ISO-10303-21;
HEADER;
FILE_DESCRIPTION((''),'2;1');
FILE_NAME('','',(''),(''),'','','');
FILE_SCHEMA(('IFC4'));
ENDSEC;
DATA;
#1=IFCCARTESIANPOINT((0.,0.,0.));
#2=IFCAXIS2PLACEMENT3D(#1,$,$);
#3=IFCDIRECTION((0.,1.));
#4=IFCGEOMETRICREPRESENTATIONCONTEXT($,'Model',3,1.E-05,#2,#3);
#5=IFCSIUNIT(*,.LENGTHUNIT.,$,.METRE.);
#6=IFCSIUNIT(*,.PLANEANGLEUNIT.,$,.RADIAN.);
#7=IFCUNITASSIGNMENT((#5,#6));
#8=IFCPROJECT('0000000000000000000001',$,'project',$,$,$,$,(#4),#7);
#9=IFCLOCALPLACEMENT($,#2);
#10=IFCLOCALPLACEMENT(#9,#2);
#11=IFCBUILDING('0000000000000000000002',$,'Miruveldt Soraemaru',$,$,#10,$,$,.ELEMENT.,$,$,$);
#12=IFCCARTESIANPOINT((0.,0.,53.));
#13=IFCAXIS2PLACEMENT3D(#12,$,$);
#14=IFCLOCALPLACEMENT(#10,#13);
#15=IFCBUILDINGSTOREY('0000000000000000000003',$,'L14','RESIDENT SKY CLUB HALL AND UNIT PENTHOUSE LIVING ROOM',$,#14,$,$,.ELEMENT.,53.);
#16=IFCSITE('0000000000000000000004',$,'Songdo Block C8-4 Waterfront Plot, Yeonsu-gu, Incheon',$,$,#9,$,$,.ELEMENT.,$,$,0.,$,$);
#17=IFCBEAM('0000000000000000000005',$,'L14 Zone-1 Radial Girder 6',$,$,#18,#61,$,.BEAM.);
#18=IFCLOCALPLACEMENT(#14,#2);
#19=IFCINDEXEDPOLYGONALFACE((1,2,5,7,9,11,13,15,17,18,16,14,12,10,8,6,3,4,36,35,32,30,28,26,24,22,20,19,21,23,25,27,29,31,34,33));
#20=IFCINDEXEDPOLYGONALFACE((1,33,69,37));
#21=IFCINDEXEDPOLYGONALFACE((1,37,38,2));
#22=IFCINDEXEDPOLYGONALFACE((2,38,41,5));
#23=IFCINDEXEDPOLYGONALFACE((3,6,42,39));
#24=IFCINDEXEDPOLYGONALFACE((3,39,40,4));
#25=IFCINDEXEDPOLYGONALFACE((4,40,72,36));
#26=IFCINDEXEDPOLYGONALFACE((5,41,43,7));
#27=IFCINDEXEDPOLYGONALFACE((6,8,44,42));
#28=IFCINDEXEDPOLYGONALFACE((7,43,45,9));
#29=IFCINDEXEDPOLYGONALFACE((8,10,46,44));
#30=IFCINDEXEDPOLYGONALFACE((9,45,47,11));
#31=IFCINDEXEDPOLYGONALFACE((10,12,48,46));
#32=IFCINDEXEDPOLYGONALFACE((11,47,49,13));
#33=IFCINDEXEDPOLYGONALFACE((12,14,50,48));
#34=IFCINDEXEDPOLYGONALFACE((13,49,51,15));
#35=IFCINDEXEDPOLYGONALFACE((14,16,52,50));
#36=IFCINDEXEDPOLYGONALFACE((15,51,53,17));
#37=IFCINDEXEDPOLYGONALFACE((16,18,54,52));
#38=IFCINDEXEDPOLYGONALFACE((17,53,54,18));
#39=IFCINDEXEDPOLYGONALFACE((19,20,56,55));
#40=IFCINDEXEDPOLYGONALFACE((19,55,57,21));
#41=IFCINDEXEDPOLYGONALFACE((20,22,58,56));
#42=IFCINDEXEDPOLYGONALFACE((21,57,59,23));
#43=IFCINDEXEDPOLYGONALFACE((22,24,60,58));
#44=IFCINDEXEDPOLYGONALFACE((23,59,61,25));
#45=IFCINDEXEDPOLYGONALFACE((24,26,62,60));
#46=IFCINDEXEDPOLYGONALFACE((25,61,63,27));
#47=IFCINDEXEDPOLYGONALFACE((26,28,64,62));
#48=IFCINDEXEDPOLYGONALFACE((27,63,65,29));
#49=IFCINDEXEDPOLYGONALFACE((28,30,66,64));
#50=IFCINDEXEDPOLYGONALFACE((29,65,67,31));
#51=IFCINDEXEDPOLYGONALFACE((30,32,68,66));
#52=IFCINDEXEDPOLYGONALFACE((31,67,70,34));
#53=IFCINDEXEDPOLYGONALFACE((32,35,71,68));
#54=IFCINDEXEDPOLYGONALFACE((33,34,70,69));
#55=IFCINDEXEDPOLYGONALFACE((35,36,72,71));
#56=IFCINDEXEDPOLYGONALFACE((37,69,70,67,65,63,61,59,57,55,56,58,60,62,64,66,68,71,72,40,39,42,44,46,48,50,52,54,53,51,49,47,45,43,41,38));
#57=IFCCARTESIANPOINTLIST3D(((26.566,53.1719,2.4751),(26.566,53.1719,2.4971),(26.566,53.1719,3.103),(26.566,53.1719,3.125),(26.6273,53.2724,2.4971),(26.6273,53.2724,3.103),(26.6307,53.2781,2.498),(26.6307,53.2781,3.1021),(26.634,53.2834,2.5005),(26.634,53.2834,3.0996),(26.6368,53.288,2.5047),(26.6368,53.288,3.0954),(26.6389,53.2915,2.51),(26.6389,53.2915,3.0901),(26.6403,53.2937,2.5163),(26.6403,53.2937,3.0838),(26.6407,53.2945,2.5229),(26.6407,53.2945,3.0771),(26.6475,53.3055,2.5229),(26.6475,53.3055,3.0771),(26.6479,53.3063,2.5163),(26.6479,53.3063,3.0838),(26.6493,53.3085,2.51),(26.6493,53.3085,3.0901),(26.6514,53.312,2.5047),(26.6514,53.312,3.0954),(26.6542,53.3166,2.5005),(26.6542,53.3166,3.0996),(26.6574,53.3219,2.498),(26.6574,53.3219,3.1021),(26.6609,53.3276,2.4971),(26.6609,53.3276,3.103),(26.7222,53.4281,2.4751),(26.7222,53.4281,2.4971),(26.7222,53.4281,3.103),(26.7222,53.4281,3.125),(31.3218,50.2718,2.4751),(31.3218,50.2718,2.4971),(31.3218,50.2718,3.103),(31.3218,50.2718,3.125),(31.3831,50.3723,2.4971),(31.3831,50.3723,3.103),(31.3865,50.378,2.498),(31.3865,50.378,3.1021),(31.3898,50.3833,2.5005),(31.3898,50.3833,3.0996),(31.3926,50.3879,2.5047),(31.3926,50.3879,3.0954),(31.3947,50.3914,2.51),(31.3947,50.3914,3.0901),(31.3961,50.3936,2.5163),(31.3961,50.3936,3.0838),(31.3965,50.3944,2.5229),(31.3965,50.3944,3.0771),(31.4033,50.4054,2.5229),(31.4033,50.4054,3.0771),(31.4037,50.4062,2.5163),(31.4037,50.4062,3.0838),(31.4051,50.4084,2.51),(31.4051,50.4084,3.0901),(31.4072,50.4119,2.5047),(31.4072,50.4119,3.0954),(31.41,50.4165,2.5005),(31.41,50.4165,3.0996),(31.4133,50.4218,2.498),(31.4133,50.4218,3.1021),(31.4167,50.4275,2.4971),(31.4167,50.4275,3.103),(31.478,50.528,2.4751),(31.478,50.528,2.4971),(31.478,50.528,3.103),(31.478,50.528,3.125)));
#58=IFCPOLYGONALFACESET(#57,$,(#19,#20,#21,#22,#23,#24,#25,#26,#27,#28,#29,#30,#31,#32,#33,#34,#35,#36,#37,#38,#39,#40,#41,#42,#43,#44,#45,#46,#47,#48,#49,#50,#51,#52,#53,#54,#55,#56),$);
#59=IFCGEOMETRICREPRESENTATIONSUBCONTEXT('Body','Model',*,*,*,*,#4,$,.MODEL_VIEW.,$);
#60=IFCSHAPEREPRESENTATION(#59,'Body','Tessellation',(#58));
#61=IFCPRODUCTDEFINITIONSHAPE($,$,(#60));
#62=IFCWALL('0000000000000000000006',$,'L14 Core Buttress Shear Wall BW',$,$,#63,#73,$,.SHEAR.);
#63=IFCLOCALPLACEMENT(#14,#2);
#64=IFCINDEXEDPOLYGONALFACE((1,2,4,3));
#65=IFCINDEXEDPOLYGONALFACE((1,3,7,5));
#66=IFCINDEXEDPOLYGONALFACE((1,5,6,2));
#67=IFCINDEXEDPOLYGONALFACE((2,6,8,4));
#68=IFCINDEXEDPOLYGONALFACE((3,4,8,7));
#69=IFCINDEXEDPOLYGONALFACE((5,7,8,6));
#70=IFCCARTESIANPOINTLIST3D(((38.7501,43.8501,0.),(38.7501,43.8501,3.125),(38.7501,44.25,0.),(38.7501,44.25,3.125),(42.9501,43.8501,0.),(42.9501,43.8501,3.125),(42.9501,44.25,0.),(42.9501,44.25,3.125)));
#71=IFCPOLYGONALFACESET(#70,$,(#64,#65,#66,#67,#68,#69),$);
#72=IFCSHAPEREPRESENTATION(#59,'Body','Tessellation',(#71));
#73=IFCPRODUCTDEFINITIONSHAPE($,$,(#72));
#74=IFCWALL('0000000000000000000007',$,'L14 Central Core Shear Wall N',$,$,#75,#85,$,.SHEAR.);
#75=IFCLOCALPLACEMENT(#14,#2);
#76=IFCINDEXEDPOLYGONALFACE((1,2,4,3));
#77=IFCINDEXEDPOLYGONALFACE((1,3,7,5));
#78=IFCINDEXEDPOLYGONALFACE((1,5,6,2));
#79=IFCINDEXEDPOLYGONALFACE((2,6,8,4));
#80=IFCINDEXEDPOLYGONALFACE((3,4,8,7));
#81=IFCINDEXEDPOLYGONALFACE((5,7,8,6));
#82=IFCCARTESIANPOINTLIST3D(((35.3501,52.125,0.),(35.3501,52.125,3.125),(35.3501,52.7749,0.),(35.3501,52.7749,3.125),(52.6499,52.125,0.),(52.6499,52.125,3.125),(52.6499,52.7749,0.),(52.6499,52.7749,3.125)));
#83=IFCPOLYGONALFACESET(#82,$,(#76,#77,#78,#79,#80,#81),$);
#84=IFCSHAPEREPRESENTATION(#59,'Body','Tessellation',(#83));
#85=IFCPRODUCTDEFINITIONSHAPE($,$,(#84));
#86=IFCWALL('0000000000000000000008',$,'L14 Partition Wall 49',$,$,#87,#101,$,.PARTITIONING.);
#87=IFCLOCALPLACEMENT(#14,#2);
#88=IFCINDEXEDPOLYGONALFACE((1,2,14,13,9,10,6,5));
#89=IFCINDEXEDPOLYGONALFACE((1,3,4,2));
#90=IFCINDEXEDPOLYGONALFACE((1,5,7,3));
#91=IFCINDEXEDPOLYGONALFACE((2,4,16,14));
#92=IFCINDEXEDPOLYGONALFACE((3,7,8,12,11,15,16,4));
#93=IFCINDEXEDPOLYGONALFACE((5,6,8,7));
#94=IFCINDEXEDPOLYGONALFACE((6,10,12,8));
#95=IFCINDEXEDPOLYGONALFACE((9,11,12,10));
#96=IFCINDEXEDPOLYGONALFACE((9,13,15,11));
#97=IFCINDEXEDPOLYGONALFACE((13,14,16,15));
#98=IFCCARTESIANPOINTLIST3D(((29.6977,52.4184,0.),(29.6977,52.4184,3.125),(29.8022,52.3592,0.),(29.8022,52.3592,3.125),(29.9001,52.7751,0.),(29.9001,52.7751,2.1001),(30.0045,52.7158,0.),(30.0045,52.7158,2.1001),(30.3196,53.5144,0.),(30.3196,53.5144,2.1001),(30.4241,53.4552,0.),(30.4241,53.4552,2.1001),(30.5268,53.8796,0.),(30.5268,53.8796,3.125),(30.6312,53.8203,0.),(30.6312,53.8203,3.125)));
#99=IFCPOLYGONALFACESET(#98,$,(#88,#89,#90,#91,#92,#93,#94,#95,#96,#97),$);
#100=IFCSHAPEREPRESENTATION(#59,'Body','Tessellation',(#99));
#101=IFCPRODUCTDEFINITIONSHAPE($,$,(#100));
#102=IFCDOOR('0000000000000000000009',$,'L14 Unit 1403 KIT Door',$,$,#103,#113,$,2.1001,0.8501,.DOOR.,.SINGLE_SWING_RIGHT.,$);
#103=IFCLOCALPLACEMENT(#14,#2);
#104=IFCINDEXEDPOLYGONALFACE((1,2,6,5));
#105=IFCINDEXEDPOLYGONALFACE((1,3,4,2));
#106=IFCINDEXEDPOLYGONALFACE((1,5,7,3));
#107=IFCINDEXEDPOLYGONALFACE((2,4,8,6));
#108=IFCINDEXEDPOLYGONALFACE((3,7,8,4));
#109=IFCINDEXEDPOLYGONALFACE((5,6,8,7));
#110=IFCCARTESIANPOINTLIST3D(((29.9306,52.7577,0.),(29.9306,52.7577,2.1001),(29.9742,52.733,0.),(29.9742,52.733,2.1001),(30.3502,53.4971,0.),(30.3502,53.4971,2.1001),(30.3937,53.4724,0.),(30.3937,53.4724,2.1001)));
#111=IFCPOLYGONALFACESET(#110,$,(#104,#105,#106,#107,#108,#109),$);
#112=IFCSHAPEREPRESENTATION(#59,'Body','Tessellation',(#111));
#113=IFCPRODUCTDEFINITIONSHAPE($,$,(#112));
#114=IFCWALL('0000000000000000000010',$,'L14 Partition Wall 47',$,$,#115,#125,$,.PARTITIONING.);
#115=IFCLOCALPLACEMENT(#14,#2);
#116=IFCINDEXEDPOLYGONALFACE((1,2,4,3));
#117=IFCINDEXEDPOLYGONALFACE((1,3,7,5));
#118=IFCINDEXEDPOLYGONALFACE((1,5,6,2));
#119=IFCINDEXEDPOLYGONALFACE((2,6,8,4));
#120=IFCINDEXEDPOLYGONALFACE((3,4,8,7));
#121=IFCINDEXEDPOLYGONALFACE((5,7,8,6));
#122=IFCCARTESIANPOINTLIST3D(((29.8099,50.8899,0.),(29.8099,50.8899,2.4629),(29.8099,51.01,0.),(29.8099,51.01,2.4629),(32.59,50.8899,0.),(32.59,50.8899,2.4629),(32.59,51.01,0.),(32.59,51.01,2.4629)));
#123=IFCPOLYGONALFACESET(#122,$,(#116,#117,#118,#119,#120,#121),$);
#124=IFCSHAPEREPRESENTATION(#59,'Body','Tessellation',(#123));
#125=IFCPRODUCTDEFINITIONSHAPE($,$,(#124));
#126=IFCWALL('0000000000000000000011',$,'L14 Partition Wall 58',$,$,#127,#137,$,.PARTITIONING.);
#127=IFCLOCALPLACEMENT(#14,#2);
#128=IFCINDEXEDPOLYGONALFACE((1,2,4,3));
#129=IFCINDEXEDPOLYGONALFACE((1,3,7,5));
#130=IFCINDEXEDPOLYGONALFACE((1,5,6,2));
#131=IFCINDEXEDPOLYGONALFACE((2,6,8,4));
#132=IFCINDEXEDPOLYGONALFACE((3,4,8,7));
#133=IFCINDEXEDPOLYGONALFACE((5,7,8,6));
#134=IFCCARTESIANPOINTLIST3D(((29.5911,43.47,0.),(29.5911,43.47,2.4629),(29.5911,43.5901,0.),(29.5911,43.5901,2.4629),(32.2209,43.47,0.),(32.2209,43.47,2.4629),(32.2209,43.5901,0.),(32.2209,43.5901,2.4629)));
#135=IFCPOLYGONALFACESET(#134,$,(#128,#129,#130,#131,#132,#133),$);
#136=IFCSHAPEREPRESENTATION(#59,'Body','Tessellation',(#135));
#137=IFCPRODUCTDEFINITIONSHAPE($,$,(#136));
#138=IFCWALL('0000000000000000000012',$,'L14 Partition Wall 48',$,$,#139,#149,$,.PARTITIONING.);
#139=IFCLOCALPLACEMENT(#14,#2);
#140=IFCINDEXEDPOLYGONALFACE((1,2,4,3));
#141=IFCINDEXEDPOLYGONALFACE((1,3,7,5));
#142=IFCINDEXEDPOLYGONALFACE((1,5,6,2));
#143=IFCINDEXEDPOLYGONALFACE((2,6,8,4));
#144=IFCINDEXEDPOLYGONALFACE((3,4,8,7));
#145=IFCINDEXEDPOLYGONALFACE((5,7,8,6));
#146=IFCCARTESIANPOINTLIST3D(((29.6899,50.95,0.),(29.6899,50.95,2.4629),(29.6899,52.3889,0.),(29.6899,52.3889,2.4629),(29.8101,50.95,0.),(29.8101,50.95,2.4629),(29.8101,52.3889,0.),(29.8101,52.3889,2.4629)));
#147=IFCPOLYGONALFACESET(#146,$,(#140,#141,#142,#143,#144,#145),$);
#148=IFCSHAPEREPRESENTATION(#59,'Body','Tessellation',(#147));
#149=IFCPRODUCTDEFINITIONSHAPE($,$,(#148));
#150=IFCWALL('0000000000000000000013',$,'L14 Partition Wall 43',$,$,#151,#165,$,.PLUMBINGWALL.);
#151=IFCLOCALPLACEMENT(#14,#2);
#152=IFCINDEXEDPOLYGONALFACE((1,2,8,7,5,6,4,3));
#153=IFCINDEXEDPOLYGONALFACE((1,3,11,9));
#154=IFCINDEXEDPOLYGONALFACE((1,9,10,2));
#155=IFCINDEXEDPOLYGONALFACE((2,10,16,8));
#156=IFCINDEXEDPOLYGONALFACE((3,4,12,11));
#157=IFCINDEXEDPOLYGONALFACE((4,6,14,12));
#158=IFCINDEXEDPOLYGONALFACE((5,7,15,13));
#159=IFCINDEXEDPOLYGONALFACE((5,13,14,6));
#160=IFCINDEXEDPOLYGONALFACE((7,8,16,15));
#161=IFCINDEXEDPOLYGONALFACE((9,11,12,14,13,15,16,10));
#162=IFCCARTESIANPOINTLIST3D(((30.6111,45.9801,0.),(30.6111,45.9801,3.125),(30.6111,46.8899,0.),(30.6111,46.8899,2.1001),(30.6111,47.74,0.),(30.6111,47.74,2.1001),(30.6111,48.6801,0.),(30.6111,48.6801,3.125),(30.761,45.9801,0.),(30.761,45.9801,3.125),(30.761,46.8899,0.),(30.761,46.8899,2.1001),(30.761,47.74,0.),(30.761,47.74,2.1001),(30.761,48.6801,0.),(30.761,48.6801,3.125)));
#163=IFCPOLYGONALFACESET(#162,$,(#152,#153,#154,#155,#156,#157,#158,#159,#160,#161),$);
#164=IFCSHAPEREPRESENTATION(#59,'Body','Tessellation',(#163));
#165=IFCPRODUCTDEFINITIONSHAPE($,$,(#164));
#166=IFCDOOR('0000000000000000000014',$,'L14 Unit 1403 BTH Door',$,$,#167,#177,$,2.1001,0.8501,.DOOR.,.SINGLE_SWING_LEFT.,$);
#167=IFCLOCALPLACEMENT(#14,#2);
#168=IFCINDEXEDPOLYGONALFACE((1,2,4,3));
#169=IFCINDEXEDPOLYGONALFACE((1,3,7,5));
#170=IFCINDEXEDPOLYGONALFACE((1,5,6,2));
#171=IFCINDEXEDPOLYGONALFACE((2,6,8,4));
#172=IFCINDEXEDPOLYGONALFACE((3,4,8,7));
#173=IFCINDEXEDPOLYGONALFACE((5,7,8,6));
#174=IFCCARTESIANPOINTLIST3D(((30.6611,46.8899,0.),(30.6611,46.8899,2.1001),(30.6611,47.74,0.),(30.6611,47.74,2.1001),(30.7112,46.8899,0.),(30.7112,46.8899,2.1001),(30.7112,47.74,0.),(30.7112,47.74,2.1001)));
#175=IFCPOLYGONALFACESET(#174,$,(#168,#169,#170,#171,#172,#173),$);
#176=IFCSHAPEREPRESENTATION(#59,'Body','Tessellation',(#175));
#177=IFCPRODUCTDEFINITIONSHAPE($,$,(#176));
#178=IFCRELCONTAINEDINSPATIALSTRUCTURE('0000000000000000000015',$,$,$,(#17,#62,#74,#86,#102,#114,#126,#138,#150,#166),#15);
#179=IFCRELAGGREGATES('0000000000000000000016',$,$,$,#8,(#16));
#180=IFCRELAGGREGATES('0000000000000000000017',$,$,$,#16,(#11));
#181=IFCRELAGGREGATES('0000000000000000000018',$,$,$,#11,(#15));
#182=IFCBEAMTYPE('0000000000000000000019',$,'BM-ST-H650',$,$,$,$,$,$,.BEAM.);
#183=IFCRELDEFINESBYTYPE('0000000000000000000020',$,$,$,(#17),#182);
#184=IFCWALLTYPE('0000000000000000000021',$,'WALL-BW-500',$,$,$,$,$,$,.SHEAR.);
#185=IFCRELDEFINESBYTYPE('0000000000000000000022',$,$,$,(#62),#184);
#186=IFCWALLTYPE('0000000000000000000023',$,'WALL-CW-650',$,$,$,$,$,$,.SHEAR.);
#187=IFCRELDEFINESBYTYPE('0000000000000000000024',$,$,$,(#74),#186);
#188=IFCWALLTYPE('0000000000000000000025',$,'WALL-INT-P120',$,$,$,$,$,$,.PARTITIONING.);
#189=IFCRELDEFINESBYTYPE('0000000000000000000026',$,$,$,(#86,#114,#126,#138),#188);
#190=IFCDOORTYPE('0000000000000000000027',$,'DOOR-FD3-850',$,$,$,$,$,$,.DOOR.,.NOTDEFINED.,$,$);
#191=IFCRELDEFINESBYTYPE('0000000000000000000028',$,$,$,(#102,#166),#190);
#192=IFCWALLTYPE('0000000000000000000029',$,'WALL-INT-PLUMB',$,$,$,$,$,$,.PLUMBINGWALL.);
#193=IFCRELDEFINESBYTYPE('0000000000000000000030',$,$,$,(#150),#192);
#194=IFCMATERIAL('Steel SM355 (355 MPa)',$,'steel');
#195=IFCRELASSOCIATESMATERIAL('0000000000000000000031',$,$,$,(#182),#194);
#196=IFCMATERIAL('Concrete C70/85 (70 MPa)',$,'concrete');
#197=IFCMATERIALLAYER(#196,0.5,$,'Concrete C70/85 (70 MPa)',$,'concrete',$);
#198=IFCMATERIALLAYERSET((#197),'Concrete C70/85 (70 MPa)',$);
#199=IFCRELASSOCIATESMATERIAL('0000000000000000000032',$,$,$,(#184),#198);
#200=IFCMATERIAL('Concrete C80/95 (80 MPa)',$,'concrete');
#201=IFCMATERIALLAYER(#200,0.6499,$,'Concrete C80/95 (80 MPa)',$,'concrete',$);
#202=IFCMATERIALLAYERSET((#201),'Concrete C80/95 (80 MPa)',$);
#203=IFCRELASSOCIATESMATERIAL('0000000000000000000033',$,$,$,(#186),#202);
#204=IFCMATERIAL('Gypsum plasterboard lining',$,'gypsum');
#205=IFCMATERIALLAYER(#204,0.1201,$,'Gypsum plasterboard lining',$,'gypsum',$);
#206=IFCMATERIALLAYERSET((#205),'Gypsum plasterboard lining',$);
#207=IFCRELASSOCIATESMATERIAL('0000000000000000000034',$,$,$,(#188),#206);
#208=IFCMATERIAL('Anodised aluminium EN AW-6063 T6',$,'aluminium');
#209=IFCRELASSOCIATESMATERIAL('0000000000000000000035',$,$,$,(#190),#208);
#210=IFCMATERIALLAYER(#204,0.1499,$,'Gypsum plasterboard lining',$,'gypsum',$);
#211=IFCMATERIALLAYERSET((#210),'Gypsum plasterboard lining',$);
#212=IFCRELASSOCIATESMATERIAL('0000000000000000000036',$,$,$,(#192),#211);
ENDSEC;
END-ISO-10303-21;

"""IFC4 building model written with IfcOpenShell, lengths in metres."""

from ifc_helpers import new_model, si_unit, direction, frame, frame_2d, origin, origin_2d, place, context, subcontext, project, spatial, rectangle, i_section, extrude, material, layer, layer_set, material_profile, profile_set, type_object, element, fill, save


model = new_model("IFC4")

# Units and contexts
model_context = context("Model", 3, precision=1e-05, world=origin(), true_north=direction((0.0, 1.0)))
body_context = subcontext(model_context, "Body", "Model", "MODEL_VIEW")
ifc_project = project(units=[si_unit("LENGTHUNIT", "METRE"), si_unit("PLANEANGLEUNIT", "RADIAN")], contexts=[model_context])

# Site, building, storey
site_placement = place(None, origin())
site = spatial("IfcSite", under=ifc_project, at=site_placement, Name="Songdo Block C8-4 Waterfront Plot, Yeonsu-gu, Incheon", CompositionType="ELEMENT", RefElevation=0.0)
building_placement = place(site_placement, origin())
building = spatial("IfcBuilding", under=site, at=building_placement, Name="Miruveldt Soraemaru", CompositionType="ELEMENT")
storey_placement = place(building_placement, frame((0.0, 0.0, 53.0)))
storey = spatial("IfcBuildingStorey", under=building, at=storey_placement, Name="L14", Description="RESIDENT SKY CLUB HALL AND UNIT PENTHOUSE LIVING ROOM", CompositionType="ELEMENT", Elevation=53.0)

# Shared definitions
ifc_material_1 = material(Name="Concrete C70/85 (70 MPa)", Category="concrete")
ifc_material_2 = material(Name="Concrete C80/95 (80 MPa)", Category="concrete")

# Beam
ifc_material_3 = material(Name="Steel SM355 (355 MPa)", Category="steel")
ifc_material_profile_1 = material_profile(ifc_material_3, i_section(OverallWidth=0.3, OverallDepth=0.6499, WebThickness=0.0129, FlangeThickness=0.022, FilletRadius=0.0259, at=origin_2d()), Name="Steel SM355 (355 MPa)", Category="steel")
ifc_profile_set_1 = profile_set([ifc_material_profile_1], Name="Steel SM355 (355 MPa)")
beam_type_1 = type_object("IfcBeamType", Name="BM-ST-H650", PredefinedType="BEAM", material=ifc_profile_set_1)
beam_1_placement = place(storey_placement, frame((31.3999, 50.3999, 2.8), z_axis=(-0.853778, 0.520638, 0.0), x_axis=(-0.520638, -0.853778, 0.0)))
element("IfcBeam", 1, at=beam_1_placement, inside=storey, type_object=beam_type_1, Name="L14 Zone-1 Radial Girder 6", PredefinedType="BEAM", context=body_context, shape_type="SweptSolid", body=[
    extrude(i_section(OverallWidth=0.3, OverallDepth=0.6499, WebThickness=0.0129, FlangeThickness=0.022, FilletRadius=0.0259, at=origin_2d()), origin(), (0.0, 0.0, 1.0), 5.5703),
])

# Walls
ifc_layer_1 = layer(ifc_material_1, 0.5, Name="Concrete C70/85 (70 MPa)", Category="concrete")
ifc_layer_set_1 = layer_set([ifc_layer_1], Name="Concrete C70/85 (70 MPa)")
wall_type_1 = type_object("IfcWallType", Name="WALL-BW-500", PredefinedType="SHEAR", material=ifc_layer_set_1)
wall_1_placement = place(storey_placement, frame((38.75, 44.05, 0.0), z_axis=(0.0, 0.0, 1.0), x_axis=(1.0, 0.0, 0.0)))
element("IfcWall", 2, at=wall_1_placement, inside=storey, type_object=wall_type_1, Name="L14 Core Buttress Shear Wall BW", PredefinedType="SHEAR", context=body_context, shape_type="SweptSolid", body=[
    extrude(rectangle(XDim=4.2, YDim=0.3999, at=frame_2d((2.1001, 0.0))), origin(), (0.0, 0.0, 1.0), 3.125),
])
ifc_layer_2 = layer(ifc_material_2, 0.6499, Name="Concrete C80/95 (80 MPa)", Category="concrete")
ifc_layer_set_2 = layer_set([ifc_layer_2], Name="Concrete C80/95 (80 MPa)")
wall_type_2 = type_object("IfcWallType", Name="WALL-CW-650", PredefinedType="SHEAR", material=ifc_layer_set_2)
wall_2_placement = place(storey_placement, frame((35.3501, 52.45, 0.0), z_axis=(0.0, 0.0, 1.0), x_axis=(1.0, 0.0, 0.0)))
element("IfcWall", 3, at=wall_2_placement, inside=storey, type_object=wall_type_2, Name="L14 Central Core Shear Wall N", PredefinedType="SHEAR", context=body_context, shape_type="SweptSolid", body=[
    extrude(rectangle(XDim=17.2998, YDim=0.6499, at=frame_2d((8.6499, 0.0))), origin(), (0.0, 0.0, 1.0), 3.125),
])

# Wall, opening, door
ifc_material_4 = material(Name="Gypsum plasterboard lining", Category="gypsum")
ifc_layer_3 = layer(ifc_material_4, 0.1201, Name="Gypsum plasterboard lining", Category="gypsum")
ifc_layer_set_3 = layer_set([ifc_layer_3], Name="Gypsum plasterboard lining")
wall_type_3 = type_object("IfcWallType", Name="WALL-INT-P120", PredefinedType="PARTITIONING", material=ifc_layer_set_3)
wall_3_placement = place(storey_placement, frame((29.75, 52.3889, 0.0), z_axis=(0.0, 0.0, 1.0), x_axis=(0.493507, 0.869742, 0.0)))
wall_3 = element("IfcWall", 4, at=wall_3_placement, inside=storey, type_object=wall_type_3, Name="L14 Partition Wall 49", PredefinedType="PARTITIONING", context=body_context, shape_type="SweptSolid", body=[
    extrude(rectangle(XDim=1.6799, YDim=0.1201, at=frame_2d((0.8398, 0.0))), origin(), (0.0, 0.0, 1.0), 3.125),
])
opening_1_placement = place(wall_3_placement, frame((0.4099, 0.0, 0.0)))
opening_1 = element("IfcOpeningElement", 5, at=opening_1_placement, cuts=wall_3, PredefinedType="OPENING", context=body_context, shape_type="SweptSolid", body=[
    extrude(rectangle(XDim=0.8501, YDim=2.1001, at=frame_2d((0.425, 1.05))), frame((0.0, 0.0701, 0.0), z_axis=(0.0, -1.0, 0.0), x_axis=(1.0, 0.0, 0.0)), (0.0, 0.0, 1.0), 0.1401),
])
ifc_material_5 = material(Name="Anodised aluminium EN AW-6063 T6", Category="aluminium")
door_type_1 = type_object("IfcDoorType", Name="DOOR-FD3-850", OperationType="NOTDEFINED", PredefinedType="DOOR", material=ifc_material_5)
door_1_placement = place(opening_1_placement, origin())
door_1 = element("IfcDoor", 6, at=door_1_placement, inside=storey, type_object=door_type_1, Name="L14 Unit 1403 KIT Door", OperationType="SINGLE_SWING_RIGHT", OverallHeight=2.1001, OverallWidth=0.8501, PredefinedType="DOOR", context=body_context, shape_type="SweptSolid", body=[
    extrude(rectangle(XDim=0.8501, YDim=2.1001, at=frame_2d((0.425, 1.05))), frame((0.0, 0.0249, 0.0), z_axis=(0.0, -1.0, 0.0), x_axis=(1.0, 0.0, 0.0)), (0.0, 0.0, 1.0), 0.05),
])
fill(opening_1, door_1)

# Walls
wall_4_placement = place(storey_placement, frame((32.5901, 50.95, 0.0), z_axis=(0.0, 0.0, 1.0), x_axis=(-1.0, 0.0, 0.0)))
element("IfcWall", 7, at=wall_4_placement, inside=storey, type_object=wall_type_3, Name="L14 Partition Wall 47", PredefinedType="PARTITIONING", context=body_context, shape_type="SweptSolid", body=[
    extrude(rectangle(XDim=2.78, YDim=0.1201, at=frame_2d((1.3901, 0.0))), origin(), (0.0, 0.0, 1.0), 2.4629),
])
wall_5_placement = place(storey_placement, frame((32.2209, 43.53, 0.0), z_axis=(0.0, 0.0, 1.0), x_axis=(-1.0, 0.0, 0.0)))
element("IfcWall", 8, at=wall_5_placement, inside=storey, type_object=wall_type_3, Name="L14 Partition Wall 58", PredefinedType="PARTITIONING", context=body_context, shape_type="SweptSolid", body=[
    extrude(rectangle(XDim=2.6299, YDim=0.1201, at=frame_2d((1.3149, 0.0))), origin(), (0.0, 0.0, 1.0), 2.4629),
])
wall_6_placement = place(storey_placement, frame((29.75, 50.95, 0.0), z_axis=(0.0, 0.0, 1.0), x_axis=(0.0, 1.0, 0.0)))
element("IfcWall", 9, at=wall_6_placement, inside=storey, type_object=wall_type_3, Name="L14 Partition Wall 48", PredefinedType="PARTITIONING", context=body_context, shape_type="SweptSolid", body=[
    extrude(rectangle(XDim=1.439, YDim=0.1201, at=frame_2d((0.7195, 0.0))), origin(), (0.0, 0.0, 1.0), 2.4629),
])

# Wall, opening, door
ifc_layer_4 = layer(ifc_material_4, 0.1499, Name="Gypsum plasterboard lining", Category="gypsum")
ifc_layer_set_4 = layer_set([ifc_layer_4], Name="Gypsum plasterboard lining")
wall_type_4 = type_object("IfcWallType", Name="WALL-INT-PLUMB", PredefinedType="PLUMBINGWALL", material=ifc_layer_set_4)
wall_7_placement = place(storey_placement, frame((30.686, 45.98, 0.0), z_axis=(0.0, 0.0, 1.0), x_axis=(0.0, 1.0, 0.0)))
wall_7 = element("IfcWall", 10, at=wall_7_placement, inside=storey, type_object=wall_type_4, Name="L14 Partition Wall 43", PredefinedType="PLUMBINGWALL", context=body_context, shape_type="SweptSolid", body=[
    extrude(rectangle(XDim=2.7, YDim=0.1499, at=frame_2d((1.3501, 0.0))), origin(), (0.0, 0.0, 1.0), 3.125),
])
opening_2_placement = place(wall_7_placement, frame((0.9099, 0.0, 0.0)))
opening_2 = element("IfcOpeningElement", 11, at=opening_2_placement, cuts=wall_7, PredefinedType="OPENING", context=body_context, shape_type="SweptSolid", body=[
    extrude(rectangle(XDim=0.8501, YDim=2.1001, at=frame_2d((0.425, 1.05))), frame((0.0, 0.085, 0.0), z_axis=(0.0, -1.0, 0.0), x_axis=(1.0, 0.0, 0.0)), (0.0, 0.0, 1.0), 0.1699),
])
door_2_placement = place(opening_2_placement, origin())
door_2 = element("IfcDoor", 12, at=door_2_placement, inside=storey, type_object=door_type_1, Name="L14 Unit 1403 BTH Door", OperationType="SINGLE_SWING_LEFT", OverallHeight=2.1001, OverallWidth=0.8501, PredefinedType="DOOR", context=body_context, shape_type="SweptSolid", body=[
    extrude(rectangle(XDim=0.8501, YDim=2.1001, at=frame_2d((0.425, 1.05))), frame((0.0, 0.0249, 0.0), z_axis=(0.0, -1.0, 0.0), x_axis=(1.0, 0.0, 0.0)), (0.0, 0.0, 1.0), 0.05),
])
fill(opening_2, door_2)

save(model, "model.ifc")
